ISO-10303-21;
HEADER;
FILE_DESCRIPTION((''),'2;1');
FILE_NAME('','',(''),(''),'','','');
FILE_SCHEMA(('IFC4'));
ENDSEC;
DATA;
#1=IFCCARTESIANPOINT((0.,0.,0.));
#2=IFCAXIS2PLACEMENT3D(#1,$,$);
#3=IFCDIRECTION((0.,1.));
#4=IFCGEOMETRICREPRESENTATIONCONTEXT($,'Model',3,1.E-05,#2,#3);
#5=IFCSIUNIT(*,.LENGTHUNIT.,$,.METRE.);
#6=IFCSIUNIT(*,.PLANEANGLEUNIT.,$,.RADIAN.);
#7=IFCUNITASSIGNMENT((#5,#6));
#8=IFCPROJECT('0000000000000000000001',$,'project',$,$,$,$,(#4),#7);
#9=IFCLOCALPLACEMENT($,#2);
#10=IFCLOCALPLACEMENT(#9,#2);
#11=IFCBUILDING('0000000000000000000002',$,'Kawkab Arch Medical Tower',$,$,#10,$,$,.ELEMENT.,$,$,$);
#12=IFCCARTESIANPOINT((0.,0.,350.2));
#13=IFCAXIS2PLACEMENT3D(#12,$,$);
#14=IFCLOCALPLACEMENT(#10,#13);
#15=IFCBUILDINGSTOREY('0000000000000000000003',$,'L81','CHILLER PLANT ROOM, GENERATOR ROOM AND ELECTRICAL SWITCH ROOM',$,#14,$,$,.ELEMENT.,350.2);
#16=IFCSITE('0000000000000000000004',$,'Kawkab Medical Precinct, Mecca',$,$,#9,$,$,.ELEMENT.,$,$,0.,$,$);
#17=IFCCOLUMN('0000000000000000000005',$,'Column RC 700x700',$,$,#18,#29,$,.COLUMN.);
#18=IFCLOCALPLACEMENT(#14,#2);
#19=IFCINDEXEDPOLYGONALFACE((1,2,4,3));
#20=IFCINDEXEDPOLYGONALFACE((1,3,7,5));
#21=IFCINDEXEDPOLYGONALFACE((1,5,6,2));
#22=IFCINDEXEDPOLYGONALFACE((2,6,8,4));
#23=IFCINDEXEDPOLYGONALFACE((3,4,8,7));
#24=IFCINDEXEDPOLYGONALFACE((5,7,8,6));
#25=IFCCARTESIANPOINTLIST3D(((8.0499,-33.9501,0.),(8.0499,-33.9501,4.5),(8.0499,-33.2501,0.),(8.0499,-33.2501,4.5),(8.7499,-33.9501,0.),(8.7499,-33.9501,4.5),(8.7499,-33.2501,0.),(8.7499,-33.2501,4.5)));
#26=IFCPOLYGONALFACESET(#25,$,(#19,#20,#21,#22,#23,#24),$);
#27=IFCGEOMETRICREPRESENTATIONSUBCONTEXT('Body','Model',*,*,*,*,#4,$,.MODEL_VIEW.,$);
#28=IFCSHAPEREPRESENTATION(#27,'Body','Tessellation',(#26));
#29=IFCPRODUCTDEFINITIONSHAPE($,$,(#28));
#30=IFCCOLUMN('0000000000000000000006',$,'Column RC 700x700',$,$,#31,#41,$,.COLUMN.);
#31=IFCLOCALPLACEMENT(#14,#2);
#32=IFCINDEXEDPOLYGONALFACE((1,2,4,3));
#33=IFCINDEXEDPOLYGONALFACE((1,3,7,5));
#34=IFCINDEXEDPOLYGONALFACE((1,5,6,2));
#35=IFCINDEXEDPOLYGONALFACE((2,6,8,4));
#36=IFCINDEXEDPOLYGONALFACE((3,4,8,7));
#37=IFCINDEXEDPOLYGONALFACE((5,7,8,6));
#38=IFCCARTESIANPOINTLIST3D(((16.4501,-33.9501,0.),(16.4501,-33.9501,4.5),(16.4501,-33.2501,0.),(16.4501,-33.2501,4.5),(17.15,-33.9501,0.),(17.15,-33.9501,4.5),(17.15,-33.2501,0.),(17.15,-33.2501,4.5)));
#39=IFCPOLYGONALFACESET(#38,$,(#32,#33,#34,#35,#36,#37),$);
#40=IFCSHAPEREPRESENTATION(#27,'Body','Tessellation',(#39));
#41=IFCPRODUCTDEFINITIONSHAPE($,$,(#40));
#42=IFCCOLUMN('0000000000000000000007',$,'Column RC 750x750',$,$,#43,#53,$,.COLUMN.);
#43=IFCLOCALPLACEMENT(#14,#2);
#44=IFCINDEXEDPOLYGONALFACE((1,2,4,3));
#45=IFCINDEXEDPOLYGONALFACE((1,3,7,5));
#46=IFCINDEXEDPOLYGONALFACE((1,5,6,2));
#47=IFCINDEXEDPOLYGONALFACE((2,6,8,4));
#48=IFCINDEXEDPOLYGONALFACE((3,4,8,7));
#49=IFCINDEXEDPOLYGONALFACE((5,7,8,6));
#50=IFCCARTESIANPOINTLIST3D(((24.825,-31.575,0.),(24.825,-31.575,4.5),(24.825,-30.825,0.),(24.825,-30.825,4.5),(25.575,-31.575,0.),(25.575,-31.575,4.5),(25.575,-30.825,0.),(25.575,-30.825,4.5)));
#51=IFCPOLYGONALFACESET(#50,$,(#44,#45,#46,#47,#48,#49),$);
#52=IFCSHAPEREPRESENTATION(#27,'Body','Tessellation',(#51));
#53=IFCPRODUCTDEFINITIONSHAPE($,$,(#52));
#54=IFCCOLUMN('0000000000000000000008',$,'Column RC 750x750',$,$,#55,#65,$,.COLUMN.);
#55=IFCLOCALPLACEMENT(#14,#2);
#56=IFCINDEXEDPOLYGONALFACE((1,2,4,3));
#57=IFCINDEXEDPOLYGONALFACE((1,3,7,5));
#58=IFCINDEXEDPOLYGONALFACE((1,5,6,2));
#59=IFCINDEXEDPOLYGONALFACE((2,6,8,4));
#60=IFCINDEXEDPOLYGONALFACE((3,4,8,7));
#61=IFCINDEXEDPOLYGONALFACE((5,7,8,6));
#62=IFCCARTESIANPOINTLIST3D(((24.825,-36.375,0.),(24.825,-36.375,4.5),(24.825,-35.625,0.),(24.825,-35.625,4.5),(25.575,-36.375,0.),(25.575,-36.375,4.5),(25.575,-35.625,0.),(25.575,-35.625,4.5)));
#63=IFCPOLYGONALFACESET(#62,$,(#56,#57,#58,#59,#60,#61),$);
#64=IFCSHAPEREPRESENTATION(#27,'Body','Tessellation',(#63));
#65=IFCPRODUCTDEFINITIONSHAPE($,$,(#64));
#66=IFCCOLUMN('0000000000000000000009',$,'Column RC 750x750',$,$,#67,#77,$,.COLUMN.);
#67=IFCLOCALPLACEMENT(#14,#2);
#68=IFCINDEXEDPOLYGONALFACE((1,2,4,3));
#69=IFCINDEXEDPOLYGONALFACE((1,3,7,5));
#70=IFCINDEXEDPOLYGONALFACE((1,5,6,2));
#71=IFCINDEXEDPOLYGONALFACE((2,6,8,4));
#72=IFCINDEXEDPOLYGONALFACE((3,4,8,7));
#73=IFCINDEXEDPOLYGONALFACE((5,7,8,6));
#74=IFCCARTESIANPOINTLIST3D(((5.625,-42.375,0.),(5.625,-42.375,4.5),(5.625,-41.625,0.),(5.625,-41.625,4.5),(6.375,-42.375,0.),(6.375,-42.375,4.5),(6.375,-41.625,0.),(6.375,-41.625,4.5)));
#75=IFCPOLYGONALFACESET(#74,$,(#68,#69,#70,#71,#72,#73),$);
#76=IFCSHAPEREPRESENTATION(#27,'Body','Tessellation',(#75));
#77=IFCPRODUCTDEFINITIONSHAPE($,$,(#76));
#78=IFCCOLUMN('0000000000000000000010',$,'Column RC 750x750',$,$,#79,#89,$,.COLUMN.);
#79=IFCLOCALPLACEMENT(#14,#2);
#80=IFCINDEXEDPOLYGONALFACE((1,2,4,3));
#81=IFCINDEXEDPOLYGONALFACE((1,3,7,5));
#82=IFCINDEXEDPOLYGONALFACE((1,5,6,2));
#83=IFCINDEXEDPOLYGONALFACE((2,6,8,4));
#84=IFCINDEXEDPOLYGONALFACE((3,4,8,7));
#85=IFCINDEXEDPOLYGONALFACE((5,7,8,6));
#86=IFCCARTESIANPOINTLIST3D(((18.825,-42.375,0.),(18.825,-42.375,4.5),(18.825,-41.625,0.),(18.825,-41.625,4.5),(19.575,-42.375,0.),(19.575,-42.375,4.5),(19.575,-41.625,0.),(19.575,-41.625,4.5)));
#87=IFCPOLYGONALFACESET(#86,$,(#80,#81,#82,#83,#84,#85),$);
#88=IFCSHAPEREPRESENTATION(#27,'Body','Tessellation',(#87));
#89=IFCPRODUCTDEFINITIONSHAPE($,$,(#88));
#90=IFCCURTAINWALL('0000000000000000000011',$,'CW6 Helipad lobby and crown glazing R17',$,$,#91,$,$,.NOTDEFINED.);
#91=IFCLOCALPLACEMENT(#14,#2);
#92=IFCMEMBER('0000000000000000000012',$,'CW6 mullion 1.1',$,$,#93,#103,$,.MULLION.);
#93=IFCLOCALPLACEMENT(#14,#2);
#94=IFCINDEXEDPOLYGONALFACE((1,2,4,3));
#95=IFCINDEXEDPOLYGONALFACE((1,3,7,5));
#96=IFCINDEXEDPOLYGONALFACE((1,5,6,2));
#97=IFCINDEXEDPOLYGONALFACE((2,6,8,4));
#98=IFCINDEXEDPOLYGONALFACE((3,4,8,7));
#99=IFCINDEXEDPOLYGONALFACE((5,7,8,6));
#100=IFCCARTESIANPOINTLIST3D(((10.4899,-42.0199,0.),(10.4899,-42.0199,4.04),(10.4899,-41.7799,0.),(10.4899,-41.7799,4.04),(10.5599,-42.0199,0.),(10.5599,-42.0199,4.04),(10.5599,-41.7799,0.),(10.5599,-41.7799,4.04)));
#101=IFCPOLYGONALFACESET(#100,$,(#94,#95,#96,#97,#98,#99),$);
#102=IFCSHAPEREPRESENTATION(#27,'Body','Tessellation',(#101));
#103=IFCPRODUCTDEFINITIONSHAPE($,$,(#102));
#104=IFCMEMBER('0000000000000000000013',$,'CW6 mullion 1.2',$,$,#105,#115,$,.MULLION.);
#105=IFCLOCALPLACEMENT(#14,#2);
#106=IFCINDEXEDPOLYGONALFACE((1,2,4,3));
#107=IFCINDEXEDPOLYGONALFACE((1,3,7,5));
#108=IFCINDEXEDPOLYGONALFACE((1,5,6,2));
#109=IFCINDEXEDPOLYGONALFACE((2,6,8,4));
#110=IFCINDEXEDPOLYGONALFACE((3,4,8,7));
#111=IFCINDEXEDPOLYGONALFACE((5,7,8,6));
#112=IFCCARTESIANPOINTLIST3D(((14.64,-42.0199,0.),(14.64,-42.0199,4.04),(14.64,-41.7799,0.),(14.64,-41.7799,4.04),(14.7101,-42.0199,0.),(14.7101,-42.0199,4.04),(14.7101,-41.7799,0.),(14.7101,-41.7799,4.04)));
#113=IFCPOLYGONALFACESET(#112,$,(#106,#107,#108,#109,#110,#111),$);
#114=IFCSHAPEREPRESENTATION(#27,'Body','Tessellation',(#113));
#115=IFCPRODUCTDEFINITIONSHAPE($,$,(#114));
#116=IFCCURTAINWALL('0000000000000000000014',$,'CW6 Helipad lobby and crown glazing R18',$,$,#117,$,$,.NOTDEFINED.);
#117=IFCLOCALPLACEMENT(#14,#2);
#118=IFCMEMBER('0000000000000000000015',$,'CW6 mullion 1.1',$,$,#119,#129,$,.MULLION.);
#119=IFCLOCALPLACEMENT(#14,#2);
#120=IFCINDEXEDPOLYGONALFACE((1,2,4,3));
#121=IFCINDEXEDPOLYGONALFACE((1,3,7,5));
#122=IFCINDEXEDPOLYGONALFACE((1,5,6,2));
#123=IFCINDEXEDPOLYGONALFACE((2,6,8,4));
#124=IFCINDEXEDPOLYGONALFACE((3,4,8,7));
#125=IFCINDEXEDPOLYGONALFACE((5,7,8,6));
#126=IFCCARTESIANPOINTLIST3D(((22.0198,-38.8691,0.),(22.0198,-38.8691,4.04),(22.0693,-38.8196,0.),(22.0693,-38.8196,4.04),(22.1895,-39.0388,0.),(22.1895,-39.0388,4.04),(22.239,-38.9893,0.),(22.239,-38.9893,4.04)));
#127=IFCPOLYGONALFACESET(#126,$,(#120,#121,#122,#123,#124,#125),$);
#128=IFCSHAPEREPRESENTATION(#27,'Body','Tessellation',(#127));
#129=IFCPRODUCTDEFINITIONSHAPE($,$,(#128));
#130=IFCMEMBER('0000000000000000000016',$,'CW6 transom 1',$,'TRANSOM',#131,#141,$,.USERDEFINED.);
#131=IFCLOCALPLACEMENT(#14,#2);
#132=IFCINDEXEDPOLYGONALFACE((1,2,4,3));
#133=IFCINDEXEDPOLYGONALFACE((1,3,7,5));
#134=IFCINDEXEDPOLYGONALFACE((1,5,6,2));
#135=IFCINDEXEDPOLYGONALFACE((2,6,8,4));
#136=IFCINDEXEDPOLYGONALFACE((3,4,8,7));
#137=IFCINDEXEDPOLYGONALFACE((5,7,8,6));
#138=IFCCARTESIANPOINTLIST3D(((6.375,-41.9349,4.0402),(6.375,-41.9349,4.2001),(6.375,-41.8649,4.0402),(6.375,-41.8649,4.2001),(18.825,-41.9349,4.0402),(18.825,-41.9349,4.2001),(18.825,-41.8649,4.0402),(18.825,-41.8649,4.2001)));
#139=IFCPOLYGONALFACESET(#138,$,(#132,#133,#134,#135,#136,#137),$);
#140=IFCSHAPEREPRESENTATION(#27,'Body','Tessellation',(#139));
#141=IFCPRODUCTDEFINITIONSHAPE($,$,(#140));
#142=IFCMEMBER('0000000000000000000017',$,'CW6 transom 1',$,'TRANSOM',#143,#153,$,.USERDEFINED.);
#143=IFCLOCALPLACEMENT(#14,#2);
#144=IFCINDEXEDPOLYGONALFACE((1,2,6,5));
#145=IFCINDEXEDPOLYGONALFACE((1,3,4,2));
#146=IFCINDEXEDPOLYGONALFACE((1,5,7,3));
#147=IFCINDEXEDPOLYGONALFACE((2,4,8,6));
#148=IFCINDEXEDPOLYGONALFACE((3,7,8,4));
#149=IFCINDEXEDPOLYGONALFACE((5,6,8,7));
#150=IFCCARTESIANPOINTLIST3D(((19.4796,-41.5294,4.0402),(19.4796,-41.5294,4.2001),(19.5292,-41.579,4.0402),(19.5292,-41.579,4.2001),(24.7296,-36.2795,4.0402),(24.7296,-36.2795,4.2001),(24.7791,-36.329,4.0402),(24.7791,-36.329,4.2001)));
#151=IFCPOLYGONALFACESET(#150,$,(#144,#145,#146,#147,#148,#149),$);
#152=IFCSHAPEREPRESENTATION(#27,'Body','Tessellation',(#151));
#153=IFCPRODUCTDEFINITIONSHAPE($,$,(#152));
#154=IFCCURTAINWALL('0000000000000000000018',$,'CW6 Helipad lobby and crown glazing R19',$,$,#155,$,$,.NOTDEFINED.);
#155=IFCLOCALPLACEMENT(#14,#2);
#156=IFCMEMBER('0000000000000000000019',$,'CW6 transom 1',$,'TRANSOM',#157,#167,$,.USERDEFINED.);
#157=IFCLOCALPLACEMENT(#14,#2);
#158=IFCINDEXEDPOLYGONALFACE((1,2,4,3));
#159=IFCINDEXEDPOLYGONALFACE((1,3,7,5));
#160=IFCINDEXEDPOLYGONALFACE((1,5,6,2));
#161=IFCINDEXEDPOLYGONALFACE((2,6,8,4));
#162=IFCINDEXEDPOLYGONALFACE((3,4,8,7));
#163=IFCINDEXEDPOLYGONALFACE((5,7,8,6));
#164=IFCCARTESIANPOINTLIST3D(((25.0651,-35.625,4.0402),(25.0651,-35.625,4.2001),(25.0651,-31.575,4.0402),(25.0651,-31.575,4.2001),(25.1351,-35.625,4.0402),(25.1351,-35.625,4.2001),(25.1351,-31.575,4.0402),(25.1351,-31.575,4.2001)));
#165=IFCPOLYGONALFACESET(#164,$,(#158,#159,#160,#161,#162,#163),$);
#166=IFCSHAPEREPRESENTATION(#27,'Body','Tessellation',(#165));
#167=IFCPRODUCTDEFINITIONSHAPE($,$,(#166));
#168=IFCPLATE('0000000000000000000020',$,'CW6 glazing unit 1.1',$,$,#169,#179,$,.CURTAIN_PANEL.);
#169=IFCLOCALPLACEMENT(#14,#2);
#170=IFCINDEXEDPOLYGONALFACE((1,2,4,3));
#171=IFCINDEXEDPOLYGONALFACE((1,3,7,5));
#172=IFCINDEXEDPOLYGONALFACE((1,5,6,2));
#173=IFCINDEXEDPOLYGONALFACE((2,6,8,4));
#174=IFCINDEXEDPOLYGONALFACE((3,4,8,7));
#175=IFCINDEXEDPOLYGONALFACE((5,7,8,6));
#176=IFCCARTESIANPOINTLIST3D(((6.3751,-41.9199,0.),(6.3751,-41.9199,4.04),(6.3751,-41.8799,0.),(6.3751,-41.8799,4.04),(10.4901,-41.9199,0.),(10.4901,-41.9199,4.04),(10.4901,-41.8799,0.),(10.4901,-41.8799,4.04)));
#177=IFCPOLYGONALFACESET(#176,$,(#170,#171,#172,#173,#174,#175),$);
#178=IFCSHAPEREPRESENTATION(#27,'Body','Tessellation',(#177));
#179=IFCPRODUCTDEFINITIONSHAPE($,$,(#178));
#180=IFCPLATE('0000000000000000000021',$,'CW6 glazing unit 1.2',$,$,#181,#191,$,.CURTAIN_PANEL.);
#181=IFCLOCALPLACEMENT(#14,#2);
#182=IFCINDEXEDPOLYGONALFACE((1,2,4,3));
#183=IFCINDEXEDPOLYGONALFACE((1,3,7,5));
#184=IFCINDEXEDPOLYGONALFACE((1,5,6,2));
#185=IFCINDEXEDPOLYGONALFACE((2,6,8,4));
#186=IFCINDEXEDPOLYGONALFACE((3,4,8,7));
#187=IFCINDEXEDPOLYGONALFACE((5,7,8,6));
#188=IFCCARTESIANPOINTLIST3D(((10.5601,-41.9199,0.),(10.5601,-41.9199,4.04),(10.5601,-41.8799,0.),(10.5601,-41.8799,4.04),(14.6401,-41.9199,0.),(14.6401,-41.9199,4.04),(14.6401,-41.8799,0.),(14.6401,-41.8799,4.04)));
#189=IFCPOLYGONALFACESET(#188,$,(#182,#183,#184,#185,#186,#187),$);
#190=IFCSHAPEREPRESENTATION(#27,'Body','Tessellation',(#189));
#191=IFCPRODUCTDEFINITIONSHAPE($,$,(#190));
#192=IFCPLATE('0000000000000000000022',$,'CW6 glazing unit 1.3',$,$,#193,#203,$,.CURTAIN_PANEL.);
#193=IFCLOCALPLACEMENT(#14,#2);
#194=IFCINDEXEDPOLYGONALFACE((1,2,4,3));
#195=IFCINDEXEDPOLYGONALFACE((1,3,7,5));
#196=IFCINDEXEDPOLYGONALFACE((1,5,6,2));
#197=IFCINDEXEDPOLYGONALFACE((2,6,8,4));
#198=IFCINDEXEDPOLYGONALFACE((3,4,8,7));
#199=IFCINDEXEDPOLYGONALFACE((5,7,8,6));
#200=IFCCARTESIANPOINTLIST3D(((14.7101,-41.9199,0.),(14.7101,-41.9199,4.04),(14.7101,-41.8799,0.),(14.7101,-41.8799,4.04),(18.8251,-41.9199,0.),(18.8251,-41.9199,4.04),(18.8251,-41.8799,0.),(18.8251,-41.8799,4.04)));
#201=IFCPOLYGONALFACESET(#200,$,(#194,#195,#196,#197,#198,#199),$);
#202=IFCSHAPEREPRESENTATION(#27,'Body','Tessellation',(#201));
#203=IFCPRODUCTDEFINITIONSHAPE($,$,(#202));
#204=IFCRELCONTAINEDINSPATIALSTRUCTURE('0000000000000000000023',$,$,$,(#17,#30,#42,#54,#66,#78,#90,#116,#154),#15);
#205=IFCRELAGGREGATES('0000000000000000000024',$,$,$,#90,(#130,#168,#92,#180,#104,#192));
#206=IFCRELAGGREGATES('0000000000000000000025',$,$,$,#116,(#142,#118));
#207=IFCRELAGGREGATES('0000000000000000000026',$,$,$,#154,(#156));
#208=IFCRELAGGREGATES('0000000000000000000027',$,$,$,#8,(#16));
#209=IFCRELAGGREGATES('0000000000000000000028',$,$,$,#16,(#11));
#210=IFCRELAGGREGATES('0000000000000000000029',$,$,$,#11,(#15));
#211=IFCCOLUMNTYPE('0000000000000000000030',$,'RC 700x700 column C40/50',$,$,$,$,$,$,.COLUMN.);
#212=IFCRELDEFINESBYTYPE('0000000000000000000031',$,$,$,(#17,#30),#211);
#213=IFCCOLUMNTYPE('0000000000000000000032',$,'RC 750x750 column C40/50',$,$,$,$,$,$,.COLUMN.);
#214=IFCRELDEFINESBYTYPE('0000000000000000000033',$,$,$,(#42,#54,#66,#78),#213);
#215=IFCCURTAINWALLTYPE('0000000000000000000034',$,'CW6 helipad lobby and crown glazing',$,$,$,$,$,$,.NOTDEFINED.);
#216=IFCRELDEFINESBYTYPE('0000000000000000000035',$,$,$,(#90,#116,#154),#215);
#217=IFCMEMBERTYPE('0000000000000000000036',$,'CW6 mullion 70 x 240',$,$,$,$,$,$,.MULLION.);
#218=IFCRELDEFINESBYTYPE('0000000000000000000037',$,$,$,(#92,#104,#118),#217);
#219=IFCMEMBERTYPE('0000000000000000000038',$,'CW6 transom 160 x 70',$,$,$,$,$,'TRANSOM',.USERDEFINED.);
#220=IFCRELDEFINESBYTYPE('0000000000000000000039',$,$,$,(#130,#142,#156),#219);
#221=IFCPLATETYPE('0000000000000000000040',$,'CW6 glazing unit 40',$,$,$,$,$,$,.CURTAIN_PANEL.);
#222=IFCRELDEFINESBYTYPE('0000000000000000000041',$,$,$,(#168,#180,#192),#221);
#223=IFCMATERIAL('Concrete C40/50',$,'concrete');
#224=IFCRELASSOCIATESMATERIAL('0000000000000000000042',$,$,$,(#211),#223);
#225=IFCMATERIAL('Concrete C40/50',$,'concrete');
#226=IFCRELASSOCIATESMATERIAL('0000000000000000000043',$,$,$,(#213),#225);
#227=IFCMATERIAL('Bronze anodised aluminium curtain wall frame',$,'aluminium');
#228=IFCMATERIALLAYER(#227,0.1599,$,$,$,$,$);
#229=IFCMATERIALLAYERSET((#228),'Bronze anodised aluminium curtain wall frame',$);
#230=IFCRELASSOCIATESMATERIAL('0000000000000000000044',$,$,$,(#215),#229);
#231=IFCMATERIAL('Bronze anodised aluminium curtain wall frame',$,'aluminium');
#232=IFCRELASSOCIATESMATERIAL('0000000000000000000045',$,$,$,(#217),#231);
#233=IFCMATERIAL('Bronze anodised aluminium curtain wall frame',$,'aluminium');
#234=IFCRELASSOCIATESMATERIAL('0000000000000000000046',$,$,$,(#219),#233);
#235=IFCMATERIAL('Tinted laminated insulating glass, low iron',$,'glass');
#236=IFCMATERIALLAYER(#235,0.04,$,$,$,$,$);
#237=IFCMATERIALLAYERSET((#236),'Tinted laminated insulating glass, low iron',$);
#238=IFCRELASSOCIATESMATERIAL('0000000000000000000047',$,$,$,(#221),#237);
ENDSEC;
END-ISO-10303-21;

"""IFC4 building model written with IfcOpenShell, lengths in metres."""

from ifc_helpers import new_model, si_unit, direction, frame, origin, origin_2d, place, context, subcontext, project, spatial, rectangle, extrude, material, layer, layer_set, material_profile, profile_set, type_object, element, aggregate, save


model = new_model("IFC4")

# Units and contexts
model_context = context("Model", 3, precision=1e-05, world=origin(), true_north=direction((0.0, 1.0)))
body_context = subcontext(model_context, "Body", "Model", "MODEL_VIEW")
ifc_project = project(units=[si_unit("LENGTHUNIT", "METRE"), si_unit("PLANEANGLEUNIT", "RADIAN")], contexts=[model_context])

# Site, building, storey
site_placement = place(None, origin())
site = spatial("IfcSite", under=ifc_project, at=site_placement, Name="Kawkab Medical Precinct, Mecca", CompositionType="ELEMENT", RefElevation=0.0)
building_placement = place(site_placement, origin())
building = spatial("IfcBuilding", under=site, at=building_placement, Name="Kawkab Arch Medical Tower", CompositionType="ELEMENT")
storey_placement = place(building_placement, frame((0.0, 0.0, 350.2)))
storey = spatial("IfcBuildingStorey", under=building, at=storey_placement, Name="L81", Description="CHILLER PLANT ROOM, GENERATOR ROOM AND ELECTRICAL SWITCH ROOM", CompositionType="ELEMENT", Elevation=350.2)

# Columns
ifc_material_1 = material(Name="Concrete C40/50", Category="concrete")
ifc_material_profile_1 = material_profile(ifc_material_1, rectangle(XDim=0.7, YDim=0.7, at=origin_2d()), Name="RC 700x700")
ifc_profile_set_1 = profile_set([ifc_material_profile_1], Name="Concrete C40/50")
column_type_1 = type_object("IfcColumnType", Name="RC 700x700 column C40/50", PredefinedType="COLUMN", material=ifc_profile_set_1)
for number, where, z_axis, x_axis, name in (
    (1, (8.3999, -33.6001, 0.0), (0.0, 0.0, 1.0), (1.0, 0.0, 0.0), "Column RC 700x700"),
    (2, (16.8, -33.6001, 0.0), (0.0, 0.0, 1.0), (1.0, 0.0, 0.0), "Column RC 700x700"),
):
    element("IfcColumn", number, at=place(storey_placement, frame(where, z_axis=z_axis, x_axis=x_axis)), inside=storey, type_object=column_type_1, Name=name, PredefinedType="COLUMN", context=body_context, shape_type="SweptSolid", body=[
        extrude(rectangle(XDim=0.7, YDim=0.7, at=origin_2d()), origin(), (0.0, 0.0, 1.0), 4.5),
    ])
ifc_material_2 = material(Name="Concrete C40/50", Category="concrete")
ifc_material_profile_2 = material_profile(ifc_material_2, rectangle(XDim=0.75, YDim=0.75, at=origin_2d()), Name="RC 750x750")
ifc_profile_set_2 = profile_set([ifc_material_profile_2], Name="Concrete C40/50")
column_type_2 = type_object("IfcColumnType", Name="RC 750x750 column C40/50", PredefinedType="COLUMN", material=ifc_profile_set_2)
for number, where, z_axis, x_axis, name in (
    (3, (25.2, -31.2, 0.0), (0.0, 0.0, 1.0), (1.0, 0.0, 0.0), "Column RC 750x750"),
    (4, (25.2, -36.0, 0.0), (0.0, 0.0, 1.0), (1.0, 0.0, 0.0), "Column RC 750x750"),
    (5, (6.0, -42.0, 0.0), (0.0, 0.0, 1.0), (1.0, 0.0, 0.0), "Column RC 750x750"),
    (6, (19.2, -42.0, 0.0), (0.0, 0.0, 1.0), (1.0, 0.0, 0.0), "Column RC 750x750"),
):
    element("IfcColumn", number, at=place(storey_placement, frame(where, z_axis=z_axis, x_axis=x_axis)), inside=storey, type_object=column_type_2, Name=name, PredefinedType="COLUMN", context=body_context, shape_type="SweptSolid", body=[
        extrude(rectangle(XDim=0.75, YDim=0.75, at=origin_2d()), origin(), (0.0, 0.0, 1.0), 4.5),
    ])

# Curtain wall, members
ifc_material_3 = material(Name="Bronze anodised aluminium curtain wall frame", Category="aluminium")
ifc_layer_1 = layer(ifc_material_3, 0.1599)
ifc_layer_set_1 = layer_set([ifc_layer_1], Name="Bronze anodised aluminium curtain wall frame")
curtain_wall_type = type_object("IfcCurtainWallType", Name="CW6 helipad lobby and crown glazing", PredefinedType="NOTDEFINED", material=ifc_layer_set_1)
placement = place(storey_placement, origin())
curtain_wall_1 = element("IfcCurtainWall", 7, at=placement, inside=storey, type_object=curtain_wall_type, Name="CW6 Helipad lobby and crown glazing R17", PredefinedType="NOTDEFINED")
ifc_material_4 = material(Name="Bronze anodised aluminium curtain wall frame", Category="aluminium")
ifc_material_profile_3 = material_profile(ifc_material_4, rectangle(XDim=0.24, YDim=0.0701, at=origin_2d()), Name="AL 70x240")
ifc_profile_set_3 = profile_set([ifc_material_profile_3], Name="Bronze anodised aluminium curtain wall frame")
member_type_1 = type_object("IfcMemberType", Name="CW6 mullion 70 x 240", PredefinedType="MULLION", material=ifc_profile_set_3)
member_1_placement = place(storey_placement, frame((10.5249, -41.8999, 0.0), z_axis=(0.0, 0.0, 1.0), x_axis=(0.0, 1.0, 0.0)))
member_1 = element("IfcMember", 8, at=member_1_placement, type_object=member_type_1, Name="CW6 mullion 1.1", PredefinedType="MULLION", context=body_context, shape_type="SweptSolid", body=[
    extrude(rectangle(XDim=0.24, YDim=0.0701, at=origin_2d()), origin(), (0.0, 0.0, 1.0), 4.04),
])
member_2_placement = place(storey_placement, frame((14.675, -41.8999, 0.0), z_axis=(0.0, 0.0, 1.0), x_axis=(0.0, 1.0, 0.0)))
member_2 = element("IfcMember", 9, at=member_2_placement, type_object=member_type_1, Name="CW6 mullion 1.2", PredefinedType="MULLION", context=body_context, shape_type="SweptSolid", body=[
    extrude(rectangle(XDim=0.24, YDim=0.0701, at=origin_2d()), origin(), (0.0, 0.0, 1.0), 4.04),
])

# Curtain wall, member
curtain_wall_2 = element("IfcCurtainWall", 10, at=placement, inside=storey, type_object=curtain_wall_type, Name="CW6 Helipad lobby and crown glazing R18", PredefinedType="NOTDEFINED")
member_3_placement = place(storey_placement, frame((22.1294, -38.9292, 0.0), z_axis=(0.0, 0.0, 1.0), x_axis=(-0.707107, 0.707107, 0.0)))
member_3 = element("IfcMember", 11, at=member_3_placement, type_object=member_type_1, Name="CW6 mullion 1.1", PredefinedType="MULLION", context=body_context, shape_type="SweptSolid", body=[
    extrude(rectangle(XDim=0.24, YDim=0.0701, at=origin_2d()), origin(), (0.0, 0.0, 1.0), 4.04),
])

# Members
ifc_material_5 = material(Name="Bronze anodised aluminium curtain wall frame", Category="aluminium")
ifc_material_profile_4 = material_profile(ifc_material_5, rectangle(XDim=0.0701, YDim=0.1599, at=origin_2d()), Name="AL 70x160")
ifc_profile_set_4 = profile_set([ifc_material_profile_4], Name="Bronze anodised aluminium curtain wall frame")
member_type_2 = type_object("IfcMemberType", Name="CW6 transom 160 x 70", ElementType="TRANSOM", PredefinedType="USERDEFINED", material=ifc_profile_set_4)
member_4_placement = place(storey_placement, frame((6.375, -41.8999, 4.1201), z_axis=(1.0, 0.0, 0.0), x_axis=(0.0, 1.0, 0.0)))
member_4 = element("IfcMember", 12, at=member_4_placement, type_object=member_type_2, Name="CW6 transom 1", ObjectType="TRANSOM", PredefinedType="USERDEFINED", context=body_context, shape_type="SweptSolid", body=[
    extrude(rectangle(XDim=0.0701, YDim=0.1599, at=origin_2d()), origin(), (0.0, 0.0, 1.0), 12.45),
])
member_5_placement = place(storey_placement, frame((19.5044, -41.5542, 4.1201), z_axis=(0.707107, 0.707107, 0.0), x_axis=(-0.707107, 0.707107, 0.0)))
member_5 = element("IfcMember", 13, at=member_5_placement, type_object=member_type_2, Name="CW6 transom 1", ObjectType="TRANSOM", PredefinedType="USERDEFINED", context=body_context, shape_type="SweptSolid", body=[
    extrude(rectangle(XDim=0.0701, YDim=0.1599, at=origin_2d()), origin(), (0.0, 0.0, 1.0), 7.4246),
])

# Curtain wall, member
curtain_wall_3 = element("IfcCurtainWall", 14, at=placement, inside=storey, type_object=curtain_wall_type, Name="CW6 Helipad lobby and crown glazing R19", PredefinedType="NOTDEFINED")
member_6_placement = place(storey_placement, frame((25.1001, -35.625, 4.1201), z_axis=(0.0, 1.0, 0.0), x_axis=(-1.0, 0.0, 0.0)))
member_6 = element("IfcMember", 15, at=member_6_placement, type_object=member_type_2, Name="CW6 transom 1", ObjectType="TRANSOM", PredefinedType="USERDEFINED", context=body_context, shape_type="SweptSolid", body=[
    extrude(rectangle(XDim=0.0701, YDim=0.1599, at=origin_2d()), origin(), (0.0, 0.0, 1.0), 4.05),
])

# Plates
ifc_material_6 = material(Name="Tinted laminated insulating glass, low iron", Category="glass")
ifc_layer_2 = layer(ifc_material_6, 0.04)
ifc_layer_set_2 = layer_set([ifc_layer_2], Name="Tinted laminated insulating glass, low iron")
plate_type_1 = type_object("IfcPlateType", Name="CW6 glazing unit 40", PredefinedType="CURTAIN_PANEL", material=ifc_layer_set_2)
plate_1_placement = place(storey_placement, frame((8.4326, -41.8999, 0.0), z_axis=(0.0, 0.0, 1.0), x_axis=(1.0, 0.0, 0.0)))
plate_1 = element("IfcPlate", 16, at=plate_1_placement, type_object=plate_type_1, Name="CW6 glazing unit 1.1", PredefinedType="CURTAIN_PANEL", context=body_context, shape_type="SweptSolid", body=[
    extrude(rectangle(XDim=4.115, YDim=0.04, at=origin_2d()), origin(), (0.0, 0.0, 1.0), 4.04),
])
plate_2_placement = place(storey_placement, frame((12.6001, -41.8999, 0.0), z_axis=(0.0, 0.0, 1.0), x_axis=(1.0, 0.0, 0.0)))
plate_2 = element("IfcPlate", 17, at=plate_2_placement, type_object=plate_type_1, Name="CW6 glazing unit 1.2", PredefinedType="CURTAIN_PANEL", context=body_context, shape_type="SweptSolid", body=[
    extrude(rectangle(XDim=4.0801, YDim=0.04, at=origin_2d()), origin(), (0.0, 0.0, 1.0), 4.04),
])
plate_3_placement = place(storey_placement, frame((16.7676, -41.8999, 0.0), z_axis=(0.0, 0.0, 1.0), x_axis=(1.0, 0.0, 0.0)))
plate_3 = element("IfcPlate", 18, at=plate_3_placement, type_object=plate_type_1, Name="CW6 glazing unit 1.3", PredefinedType="CURTAIN_PANEL", context=body_context, shape_type="SweptSolid", body=[
    extrude(rectangle(XDim=4.115, YDim=0.04, at=origin_2d()), origin(), (0.0, 0.0, 1.0), 4.04),
])
aggregate(curtain_wall_1, [member_4, plate_1, member_1, plate_2, member_2, plate_3])
aggregate(curtain_wall_2, [member_5, member_3])
aggregate(curtain_wall_3, [member_6])

save(model, "model.ifc")
